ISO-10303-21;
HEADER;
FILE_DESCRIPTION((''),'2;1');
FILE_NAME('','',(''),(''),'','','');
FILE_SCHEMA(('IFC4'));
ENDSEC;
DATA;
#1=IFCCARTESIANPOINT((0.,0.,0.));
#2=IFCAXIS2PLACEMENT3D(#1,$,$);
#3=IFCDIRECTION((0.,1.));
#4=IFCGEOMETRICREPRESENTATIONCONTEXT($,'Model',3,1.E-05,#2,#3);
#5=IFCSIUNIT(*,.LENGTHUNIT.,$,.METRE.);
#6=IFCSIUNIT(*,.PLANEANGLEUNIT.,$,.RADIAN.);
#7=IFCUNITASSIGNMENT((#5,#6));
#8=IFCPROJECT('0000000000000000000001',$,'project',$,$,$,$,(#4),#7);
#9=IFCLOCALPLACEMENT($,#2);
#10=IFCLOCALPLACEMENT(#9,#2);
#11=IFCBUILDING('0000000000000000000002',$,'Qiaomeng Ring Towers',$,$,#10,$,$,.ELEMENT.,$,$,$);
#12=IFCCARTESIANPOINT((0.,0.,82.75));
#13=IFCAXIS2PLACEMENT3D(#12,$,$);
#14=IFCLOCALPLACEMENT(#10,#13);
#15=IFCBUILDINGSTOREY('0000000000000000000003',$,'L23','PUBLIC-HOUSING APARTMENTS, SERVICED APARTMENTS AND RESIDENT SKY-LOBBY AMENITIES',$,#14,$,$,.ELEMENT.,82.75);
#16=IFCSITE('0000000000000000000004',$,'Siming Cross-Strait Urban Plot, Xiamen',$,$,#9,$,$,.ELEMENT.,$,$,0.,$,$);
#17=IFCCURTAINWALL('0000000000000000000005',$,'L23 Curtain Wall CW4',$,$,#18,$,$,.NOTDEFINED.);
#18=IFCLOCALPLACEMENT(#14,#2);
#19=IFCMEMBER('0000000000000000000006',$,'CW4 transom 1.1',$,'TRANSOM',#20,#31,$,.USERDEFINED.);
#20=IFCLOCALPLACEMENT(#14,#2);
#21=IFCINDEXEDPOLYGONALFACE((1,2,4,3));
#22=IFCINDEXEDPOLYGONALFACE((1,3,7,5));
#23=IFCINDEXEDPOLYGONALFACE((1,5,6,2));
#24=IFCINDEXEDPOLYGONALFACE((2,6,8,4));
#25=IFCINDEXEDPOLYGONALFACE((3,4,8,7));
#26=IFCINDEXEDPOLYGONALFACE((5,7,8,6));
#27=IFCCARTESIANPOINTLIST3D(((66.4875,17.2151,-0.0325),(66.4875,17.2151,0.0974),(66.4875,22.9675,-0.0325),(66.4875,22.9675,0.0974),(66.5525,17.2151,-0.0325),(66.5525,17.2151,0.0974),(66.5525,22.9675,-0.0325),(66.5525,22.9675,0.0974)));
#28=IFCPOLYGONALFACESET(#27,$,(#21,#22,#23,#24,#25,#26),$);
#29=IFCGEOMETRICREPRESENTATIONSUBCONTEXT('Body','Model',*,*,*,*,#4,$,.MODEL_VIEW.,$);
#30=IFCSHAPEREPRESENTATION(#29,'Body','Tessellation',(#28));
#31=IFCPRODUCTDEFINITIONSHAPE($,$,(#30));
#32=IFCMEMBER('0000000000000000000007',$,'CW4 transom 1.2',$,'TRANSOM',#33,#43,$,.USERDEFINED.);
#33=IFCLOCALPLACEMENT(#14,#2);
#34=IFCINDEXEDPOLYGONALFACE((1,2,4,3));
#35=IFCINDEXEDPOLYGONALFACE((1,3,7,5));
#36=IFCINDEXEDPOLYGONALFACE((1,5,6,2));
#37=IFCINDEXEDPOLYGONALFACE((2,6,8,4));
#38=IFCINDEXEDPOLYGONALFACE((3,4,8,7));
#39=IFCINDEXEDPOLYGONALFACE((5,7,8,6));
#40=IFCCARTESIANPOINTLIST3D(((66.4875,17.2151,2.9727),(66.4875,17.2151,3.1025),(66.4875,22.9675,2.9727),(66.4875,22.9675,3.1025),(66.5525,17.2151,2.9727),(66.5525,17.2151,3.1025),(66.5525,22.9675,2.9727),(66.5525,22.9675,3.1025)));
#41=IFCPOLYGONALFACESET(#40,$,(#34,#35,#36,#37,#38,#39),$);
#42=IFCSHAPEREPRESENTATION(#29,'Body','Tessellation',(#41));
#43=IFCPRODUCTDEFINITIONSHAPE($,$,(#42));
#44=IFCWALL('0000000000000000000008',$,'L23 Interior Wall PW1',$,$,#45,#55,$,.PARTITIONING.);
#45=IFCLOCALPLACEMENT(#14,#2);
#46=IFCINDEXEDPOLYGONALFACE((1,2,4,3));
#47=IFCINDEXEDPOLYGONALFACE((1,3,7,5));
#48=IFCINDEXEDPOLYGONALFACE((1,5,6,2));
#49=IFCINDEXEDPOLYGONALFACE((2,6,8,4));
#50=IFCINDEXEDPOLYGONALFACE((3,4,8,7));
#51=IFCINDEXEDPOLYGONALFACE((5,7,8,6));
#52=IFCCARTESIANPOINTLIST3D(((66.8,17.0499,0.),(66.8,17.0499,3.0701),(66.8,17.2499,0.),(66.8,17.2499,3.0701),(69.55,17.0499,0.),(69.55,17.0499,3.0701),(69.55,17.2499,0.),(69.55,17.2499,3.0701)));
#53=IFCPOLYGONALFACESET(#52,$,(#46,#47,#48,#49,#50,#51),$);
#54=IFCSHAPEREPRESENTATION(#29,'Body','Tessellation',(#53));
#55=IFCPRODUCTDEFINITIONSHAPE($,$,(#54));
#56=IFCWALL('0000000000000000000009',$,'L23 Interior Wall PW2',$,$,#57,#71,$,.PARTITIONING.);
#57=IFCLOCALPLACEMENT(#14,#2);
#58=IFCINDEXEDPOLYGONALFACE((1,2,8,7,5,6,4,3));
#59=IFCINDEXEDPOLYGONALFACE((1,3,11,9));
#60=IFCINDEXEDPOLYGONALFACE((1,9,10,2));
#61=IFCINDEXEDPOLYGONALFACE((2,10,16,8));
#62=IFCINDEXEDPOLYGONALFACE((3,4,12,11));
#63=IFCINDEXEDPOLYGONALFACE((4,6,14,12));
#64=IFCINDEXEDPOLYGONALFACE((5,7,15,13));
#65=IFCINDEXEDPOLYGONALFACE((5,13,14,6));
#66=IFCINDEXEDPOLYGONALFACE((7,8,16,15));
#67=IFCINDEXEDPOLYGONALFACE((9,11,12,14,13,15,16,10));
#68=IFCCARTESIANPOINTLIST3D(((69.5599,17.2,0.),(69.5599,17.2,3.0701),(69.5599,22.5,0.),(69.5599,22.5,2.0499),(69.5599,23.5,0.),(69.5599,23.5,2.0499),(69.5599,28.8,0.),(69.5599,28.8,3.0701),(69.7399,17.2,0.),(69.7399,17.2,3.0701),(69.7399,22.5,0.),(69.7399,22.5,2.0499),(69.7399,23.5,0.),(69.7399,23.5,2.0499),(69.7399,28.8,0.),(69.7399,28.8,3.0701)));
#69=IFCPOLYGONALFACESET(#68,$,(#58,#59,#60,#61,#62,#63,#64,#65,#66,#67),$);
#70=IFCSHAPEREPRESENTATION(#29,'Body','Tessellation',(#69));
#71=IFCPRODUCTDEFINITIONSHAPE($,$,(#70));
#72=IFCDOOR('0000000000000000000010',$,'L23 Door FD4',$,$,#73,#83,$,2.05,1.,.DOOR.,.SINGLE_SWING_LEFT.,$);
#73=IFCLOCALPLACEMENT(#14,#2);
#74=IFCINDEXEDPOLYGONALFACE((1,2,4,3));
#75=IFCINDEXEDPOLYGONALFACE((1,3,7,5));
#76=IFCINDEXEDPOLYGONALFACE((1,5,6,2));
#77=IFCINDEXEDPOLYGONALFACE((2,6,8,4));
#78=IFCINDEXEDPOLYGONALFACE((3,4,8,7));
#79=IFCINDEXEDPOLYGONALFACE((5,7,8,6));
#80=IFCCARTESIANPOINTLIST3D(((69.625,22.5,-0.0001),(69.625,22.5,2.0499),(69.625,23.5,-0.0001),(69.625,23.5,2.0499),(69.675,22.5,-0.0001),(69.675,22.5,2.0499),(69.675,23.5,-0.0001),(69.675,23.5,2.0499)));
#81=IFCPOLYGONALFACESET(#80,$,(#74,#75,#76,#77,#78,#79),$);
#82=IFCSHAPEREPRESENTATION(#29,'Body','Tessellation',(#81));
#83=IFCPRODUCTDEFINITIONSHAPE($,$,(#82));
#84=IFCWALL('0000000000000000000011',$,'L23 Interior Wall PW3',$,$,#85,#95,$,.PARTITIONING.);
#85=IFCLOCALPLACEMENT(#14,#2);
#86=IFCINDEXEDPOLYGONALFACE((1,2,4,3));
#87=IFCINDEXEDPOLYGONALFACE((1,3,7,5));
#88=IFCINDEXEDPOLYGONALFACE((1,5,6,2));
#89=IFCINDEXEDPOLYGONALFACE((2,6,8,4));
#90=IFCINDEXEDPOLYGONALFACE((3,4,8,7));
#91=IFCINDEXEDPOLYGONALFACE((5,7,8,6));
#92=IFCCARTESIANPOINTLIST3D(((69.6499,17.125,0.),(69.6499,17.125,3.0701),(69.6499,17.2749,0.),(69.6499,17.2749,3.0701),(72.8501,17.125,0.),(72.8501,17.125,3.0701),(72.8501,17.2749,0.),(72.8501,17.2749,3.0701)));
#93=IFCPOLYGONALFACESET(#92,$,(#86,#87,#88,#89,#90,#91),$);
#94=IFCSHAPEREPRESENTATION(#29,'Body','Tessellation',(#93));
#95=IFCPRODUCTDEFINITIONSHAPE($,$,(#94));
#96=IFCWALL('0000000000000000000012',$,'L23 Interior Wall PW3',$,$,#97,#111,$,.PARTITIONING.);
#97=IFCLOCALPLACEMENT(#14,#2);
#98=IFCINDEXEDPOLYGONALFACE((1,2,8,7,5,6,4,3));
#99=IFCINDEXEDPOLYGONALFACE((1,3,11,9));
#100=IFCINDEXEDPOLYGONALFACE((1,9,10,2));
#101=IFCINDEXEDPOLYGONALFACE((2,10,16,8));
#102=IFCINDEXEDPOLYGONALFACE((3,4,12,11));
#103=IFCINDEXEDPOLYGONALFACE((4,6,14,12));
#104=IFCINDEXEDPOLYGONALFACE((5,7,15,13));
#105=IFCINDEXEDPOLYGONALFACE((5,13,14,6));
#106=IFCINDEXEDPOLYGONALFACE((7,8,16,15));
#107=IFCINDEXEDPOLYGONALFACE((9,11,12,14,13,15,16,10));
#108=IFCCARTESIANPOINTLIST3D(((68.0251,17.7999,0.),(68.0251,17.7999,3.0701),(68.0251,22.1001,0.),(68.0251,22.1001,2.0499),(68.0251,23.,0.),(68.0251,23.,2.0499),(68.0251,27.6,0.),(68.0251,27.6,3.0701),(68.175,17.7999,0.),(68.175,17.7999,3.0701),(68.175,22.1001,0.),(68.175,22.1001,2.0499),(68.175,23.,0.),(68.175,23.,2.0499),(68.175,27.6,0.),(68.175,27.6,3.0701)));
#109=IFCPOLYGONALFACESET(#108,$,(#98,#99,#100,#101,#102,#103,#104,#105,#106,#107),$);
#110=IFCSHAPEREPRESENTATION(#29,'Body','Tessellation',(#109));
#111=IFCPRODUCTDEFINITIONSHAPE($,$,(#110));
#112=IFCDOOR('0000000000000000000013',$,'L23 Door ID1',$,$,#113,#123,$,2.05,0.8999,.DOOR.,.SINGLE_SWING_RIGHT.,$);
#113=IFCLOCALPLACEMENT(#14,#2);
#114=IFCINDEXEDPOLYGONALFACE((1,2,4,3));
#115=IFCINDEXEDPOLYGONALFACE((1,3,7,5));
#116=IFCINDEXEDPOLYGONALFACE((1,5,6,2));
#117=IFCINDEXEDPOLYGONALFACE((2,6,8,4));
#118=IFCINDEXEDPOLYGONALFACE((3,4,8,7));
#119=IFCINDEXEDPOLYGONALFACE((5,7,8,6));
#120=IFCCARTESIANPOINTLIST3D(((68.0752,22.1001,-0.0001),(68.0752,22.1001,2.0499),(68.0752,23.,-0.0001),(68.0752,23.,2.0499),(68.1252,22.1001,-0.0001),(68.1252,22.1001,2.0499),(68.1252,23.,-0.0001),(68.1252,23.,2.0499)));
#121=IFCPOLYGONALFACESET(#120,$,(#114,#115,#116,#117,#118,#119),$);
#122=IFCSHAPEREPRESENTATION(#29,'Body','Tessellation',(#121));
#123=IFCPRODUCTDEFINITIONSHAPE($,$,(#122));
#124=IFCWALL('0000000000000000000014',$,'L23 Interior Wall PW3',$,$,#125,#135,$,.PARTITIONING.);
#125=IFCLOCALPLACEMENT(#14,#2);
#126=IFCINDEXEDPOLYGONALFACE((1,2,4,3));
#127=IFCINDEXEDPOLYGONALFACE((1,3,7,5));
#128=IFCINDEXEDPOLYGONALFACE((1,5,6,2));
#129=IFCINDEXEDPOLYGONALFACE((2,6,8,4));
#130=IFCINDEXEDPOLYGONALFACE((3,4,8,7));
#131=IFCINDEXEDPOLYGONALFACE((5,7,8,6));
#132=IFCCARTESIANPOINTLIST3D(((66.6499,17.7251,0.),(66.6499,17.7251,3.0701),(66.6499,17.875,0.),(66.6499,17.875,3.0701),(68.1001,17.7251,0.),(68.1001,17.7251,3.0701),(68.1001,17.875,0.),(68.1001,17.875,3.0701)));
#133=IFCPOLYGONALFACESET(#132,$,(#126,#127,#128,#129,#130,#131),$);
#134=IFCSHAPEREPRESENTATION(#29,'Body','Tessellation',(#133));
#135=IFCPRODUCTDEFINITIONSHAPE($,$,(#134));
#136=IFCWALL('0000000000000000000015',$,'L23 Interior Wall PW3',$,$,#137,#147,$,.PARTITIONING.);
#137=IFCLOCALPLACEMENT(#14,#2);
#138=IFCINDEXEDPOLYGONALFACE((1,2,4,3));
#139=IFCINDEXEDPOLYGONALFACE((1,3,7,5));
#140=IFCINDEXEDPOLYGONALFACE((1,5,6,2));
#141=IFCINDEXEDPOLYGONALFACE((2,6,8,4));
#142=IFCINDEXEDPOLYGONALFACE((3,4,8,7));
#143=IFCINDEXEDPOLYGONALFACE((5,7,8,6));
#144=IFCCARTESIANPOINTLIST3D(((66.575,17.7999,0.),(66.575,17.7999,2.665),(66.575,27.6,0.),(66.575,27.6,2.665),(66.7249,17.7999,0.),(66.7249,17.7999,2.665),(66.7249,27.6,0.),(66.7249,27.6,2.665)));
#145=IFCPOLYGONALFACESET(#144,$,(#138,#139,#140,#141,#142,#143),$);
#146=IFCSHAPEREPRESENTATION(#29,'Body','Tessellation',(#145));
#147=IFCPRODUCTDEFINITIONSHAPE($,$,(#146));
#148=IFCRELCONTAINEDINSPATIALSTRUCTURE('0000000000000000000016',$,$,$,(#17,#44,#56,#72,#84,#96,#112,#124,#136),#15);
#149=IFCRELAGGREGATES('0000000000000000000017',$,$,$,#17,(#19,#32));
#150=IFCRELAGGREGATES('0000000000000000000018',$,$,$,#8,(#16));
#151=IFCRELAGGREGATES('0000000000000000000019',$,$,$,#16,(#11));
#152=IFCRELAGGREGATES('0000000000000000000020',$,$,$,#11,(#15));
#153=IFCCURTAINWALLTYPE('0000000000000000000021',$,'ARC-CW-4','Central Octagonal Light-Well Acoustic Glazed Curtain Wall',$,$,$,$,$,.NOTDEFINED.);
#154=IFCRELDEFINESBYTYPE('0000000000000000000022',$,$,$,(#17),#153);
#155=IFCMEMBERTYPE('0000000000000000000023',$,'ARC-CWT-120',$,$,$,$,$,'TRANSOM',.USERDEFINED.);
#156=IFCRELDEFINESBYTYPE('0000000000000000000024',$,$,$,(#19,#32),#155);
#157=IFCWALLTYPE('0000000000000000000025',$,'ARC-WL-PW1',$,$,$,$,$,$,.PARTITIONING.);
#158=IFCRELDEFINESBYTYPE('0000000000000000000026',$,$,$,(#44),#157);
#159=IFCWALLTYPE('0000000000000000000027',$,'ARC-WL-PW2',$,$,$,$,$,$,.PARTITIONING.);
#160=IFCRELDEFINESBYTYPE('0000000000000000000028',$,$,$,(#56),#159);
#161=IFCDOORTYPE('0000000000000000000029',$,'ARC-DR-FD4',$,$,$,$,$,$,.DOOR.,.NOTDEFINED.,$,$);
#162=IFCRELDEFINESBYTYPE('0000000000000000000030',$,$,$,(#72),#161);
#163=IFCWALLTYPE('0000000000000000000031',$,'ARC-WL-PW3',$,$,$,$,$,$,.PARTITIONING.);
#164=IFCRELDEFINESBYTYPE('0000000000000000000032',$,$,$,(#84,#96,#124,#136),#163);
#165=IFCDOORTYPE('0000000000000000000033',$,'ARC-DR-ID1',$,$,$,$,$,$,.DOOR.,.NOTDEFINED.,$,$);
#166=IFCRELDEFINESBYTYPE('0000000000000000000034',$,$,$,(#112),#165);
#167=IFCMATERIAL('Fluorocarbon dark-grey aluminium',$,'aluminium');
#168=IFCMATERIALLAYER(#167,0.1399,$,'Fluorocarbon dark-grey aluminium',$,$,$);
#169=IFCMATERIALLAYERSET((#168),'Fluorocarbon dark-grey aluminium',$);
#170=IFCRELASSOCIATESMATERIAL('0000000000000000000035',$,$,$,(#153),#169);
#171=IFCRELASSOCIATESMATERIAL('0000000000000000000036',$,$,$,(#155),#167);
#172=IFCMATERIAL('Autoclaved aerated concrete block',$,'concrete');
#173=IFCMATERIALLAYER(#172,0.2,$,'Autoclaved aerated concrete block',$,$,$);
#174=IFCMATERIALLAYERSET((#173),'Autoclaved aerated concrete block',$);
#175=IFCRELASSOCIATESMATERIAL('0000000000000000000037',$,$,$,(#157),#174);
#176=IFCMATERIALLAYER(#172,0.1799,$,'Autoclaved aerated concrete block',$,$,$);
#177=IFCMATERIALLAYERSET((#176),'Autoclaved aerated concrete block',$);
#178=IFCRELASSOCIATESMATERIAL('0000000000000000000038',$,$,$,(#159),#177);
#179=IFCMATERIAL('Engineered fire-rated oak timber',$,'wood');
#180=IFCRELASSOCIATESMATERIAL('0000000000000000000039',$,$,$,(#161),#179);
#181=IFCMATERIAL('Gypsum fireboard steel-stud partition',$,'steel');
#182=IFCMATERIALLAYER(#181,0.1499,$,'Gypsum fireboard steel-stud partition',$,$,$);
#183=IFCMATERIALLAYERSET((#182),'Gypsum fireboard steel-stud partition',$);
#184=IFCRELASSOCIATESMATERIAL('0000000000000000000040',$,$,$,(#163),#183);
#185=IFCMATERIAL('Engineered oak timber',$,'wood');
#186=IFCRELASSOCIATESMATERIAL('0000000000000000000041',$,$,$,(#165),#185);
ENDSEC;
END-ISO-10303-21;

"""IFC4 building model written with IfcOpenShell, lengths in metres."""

from ifc_helpers import new_model, si_unit, direction, frame, frame_2d, origin, origin_2d, place, context, subcontext, project, spatial, rectangle, extrude, source, transform, mapped, material, layer, layer_set, material_profile, profile_set, type_object, element, fill, aggregate, save


model = new_model("IFC4")

# Units and contexts
model_context = context("Model", 3, precision=1e-05, world=origin(), true_north=direction((0.0, 1.0)))
body_context = subcontext(model_context, "Body", "Model", "MODEL_VIEW")
ifc_project = project(units=[si_unit("LENGTHUNIT", "METRE"), si_unit("PLANEANGLEUNIT", "RADIAN")], contexts=[model_context])

# Site, building, storey
site_placement = place(None, origin())
site = spatial("IfcSite", under=ifc_project, at=site_placement, Name="Siming Cross-Strait Urban Plot, Xiamen", CompositionType="ELEMENT", RefElevation=0.0)
building_placement = place(site_placement, origin())
building = spatial("IfcBuilding", under=site, at=building_placement, Name="Qiaomeng Ring Towers", CompositionType="ELEMENT")
storey_placement = place(building_placement, frame((0.0, 0.0, 82.75)))
storey = spatial("IfcBuildingStorey", under=building, at=storey_placement, Name="L23", Description="PUBLIC-HOUSING APARTMENTS, SERVICED APARTMENTS AND RESIDENT SKY-LOBBY AMENITIES", CompositionType="ELEMENT", Elevation=82.75)

# Curtain wall, members
ifc_material_1 = material(Name="Fluorocarbon dark-grey aluminium", Category="aluminium")
ifc_layer_1 = layer(ifc_material_1, 0.1399, Name="Fluorocarbon dark-grey aluminium")
ifc_layer_set_1 = layer_set([ifc_layer_1], Name="Fluorocarbon dark-grey aluminium")
curtain_wall_type = type_object("IfcCurtainWallType", Name="ARC-CW-4", Description="Central Octagonal Light-Well Acoustic Glazed Curtain Wall", PredefinedType="NOTDEFINED", material=ifc_layer_set_1)
curtain_wall_placement = place(storey_placement, origin())
curtain_wall = element("IfcCurtainWall", 1, at=curtain_wall_placement, inside=storey, type_object=curtain_wall_type, Name="L23 Curtain Wall CW4", PredefinedType="NOTDEFINED")
ifc_material_profile_1 = material_profile(ifc_material_1, rectangle(XDim=0.0649, YDim=0.1299, at=origin_2d()), Name="ALU TRAN 65x130")
ifc_profile_set_1 = profile_set([ifc_material_profile_1], Name="Fluorocarbon dark-grey aluminium")
member_type_1 = type_object("IfcMemberType", Name="ARC-CWT-120", ElementType="TRANSOM", PredefinedType="USERDEFINED", material=ifc_profile_set_1)
shared_shape_1 = source(origin(), body_context, "Body", "SweptSolid", [
    extrude(rectangle(XDim=0.0649, YDim=0.1299, at=origin_2d()), origin(), (0.0, 0.0, 1.0), 5.7524),
])
member_1_placement = place(storey_placement, frame((66.52, 17.2151, 0.0325), z_axis=(0.0, 1.0, 0.0), x_axis=(-1.0, 0.0, 0.0)))
member_1 = element("IfcMember", 2, at=member_1_placement, type_object=member_type_1, Name="CW4 transom 1.1", ObjectType="TRANSOM", PredefinedType="USERDEFINED", context=body_context, shape_type="MappedRepresentation", body=[
    mapped(shared_shape_1, transform((0.0, 0.0, 0.0), x_axis=(1.0, 0.0, 0.0), y_axis=(0.0, 1.0, 0.0), z_axis=(0.0, 0.0, 1.0), scale=1.0)),
])
member_2_placement = place(storey_placement, frame((66.52, 17.2151, 3.0376), z_axis=(0.0, 1.0, 0.0), x_axis=(-1.0, 0.0, 0.0)))
member_2 = element("IfcMember", 3, at=member_2_placement, type_object=member_type_1, Name="CW4 transom 1.2", ObjectType="TRANSOM", PredefinedType="USERDEFINED", context=body_context, shape_type="MappedRepresentation", body=[
    mapped(shared_shape_1, transform((0.0, 0.0, 0.0), x_axis=(1.0, 0.0, 0.0), y_axis=(0.0, 1.0, 0.0), z_axis=(0.0, 0.0, 1.0), scale=1.0)),
])
aggregate(curtain_wall, [member_1, member_2])

# Wall
ifc_material_2 = material(Name="Autoclaved aerated concrete block", Category="concrete")
ifc_layer_2 = layer(ifc_material_2, 0.2, Name="Autoclaved aerated concrete block")
ifc_layer_set_2 = layer_set([ifc_layer_2], Name="Autoclaved aerated concrete block")
wall_type_1 = type_object("IfcWallType", Name="ARC-WL-PW1", PredefinedType="PARTITIONING", material=ifc_layer_set_2)
wall_1_placement = place(storey_placement, frame((66.8, 17.1499, 0.0), z_axis=(0.0, 0.0, 1.0), x_axis=(1.0, 0.0, 0.0)))
element("IfcWall", 4, at=wall_1_placement, inside=storey, type_object=wall_type_1, Name="L23 Interior Wall PW1", PredefinedType="PARTITIONING", context=body_context, shape_type="SweptSolid", body=[
    extrude(rectangle(XDim=2.75, YDim=0.2, at=frame_2d((1.375, 0.0))), origin(), (0.0, 0.0, 1.0), 3.0701),
])

# Wall, opening, door
ifc_layer_3 = layer(ifc_material_2, 0.1799, Name="Autoclaved aerated concrete block")
ifc_layer_set_3 = layer_set([ifc_layer_3], Name="Autoclaved aerated concrete block")
wall_type_2 = type_object("IfcWallType", Name="ARC-WL-PW2", PredefinedType="PARTITIONING", material=ifc_layer_set_3)
wall_2_placement = place(storey_placement, frame((69.6499, 17.2, 0.0), z_axis=(0.0, 0.0, 1.0), x_axis=(0.0, 1.0, 0.0)))
wall_2 = element("IfcWall", 5, at=wall_2_placement, inside=storey, type_object=wall_type_2, Name="L23 Interior Wall PW2", PredefinedType="PARTITIONING", context=body_context, shape_type="SweptSolid", body=[
    extrude(rectangle(XDim=11.6001, YDim=0.1799, at=frame_2d((5.8, 0.0))), origin(), (0.0, 0.0, 1.0), 3.0701),
])
opening_1_placement = place(wall_2_placement, frame((5.3, 0.0, 0.0)))
opening_1 = element("IfcOpeningElement", 6, at=opening_1_placement, cuts=wall_2, PredefinedType="OPENING", context=body_context, shape_type="SweptSolid", body=[
    extrude(rectangle(XDim=1.0, YDim=2.05, at=frame_2d((0.5, 1.0249))), frame((0.0, 0.0999, 0.0), z_axis=(0.0, -1.0, 0.0), x_axis=(1.0, 0.0, 0.0)), (0.0, 0.0, 1.0), 0.2),
])
ifc_material_3 = material(Name="Engineered fire-rated oak timber", Category="wood")
door_type_1 = type_object("IfcDoorType", Name="ARC-DR-FD4", OperationType="NOTDEFINED", PredefinedType="DOOR", material=ifc_material_3)
shared_shape_2 = source(origin(), body_context, "Body", "SweptSolid", [
    extrude(rectangle(XDim=1.0, YDim=2.05, at=frame_2d((0.5, 1.0249))), frame((0.0, 0.0249, 0.0), z_axis=(0.0, -1.0, 0.0), x_axis=(1.0, 0.0, 0.0)), (0.0, 0.0, 1.0), 0.05),
])
door_1_placement = place(opening_1_placement, origin())
door_1 = element("IfcDoor", 7, at=door_1_placement, inside=storey, type_object=door_type_1, Name="L23 Door FD4", OperationType="SINGLE_SWING_LEFT", OverallHeight=2.05, OverallWidth=1.0, PredefinedType="DOOR", context=body_context, shape_type="MappedRepresentation", body=[
    mapped(shared_shape_2, transform((0.0, 0.0, 0.0), x_axis=(1.0, 0.0, 0.0), y_axis=(0.0, 1.0, 0.0), z_axis=(0.0, 0.0, 1.0), scale=1.0)),
])
fill(opening_1, door_1)

# Wall
ifc_material_4 = material(Name="Gypsum fireboard steel-stud partition", Category="steel")
ifc_layer_4 = layer(ifc_material_4, 0.1499, Name="Gypsum fireboard steel-stud partition")
ifc_layer_set_4 = layer_set([ifc_layer_4], Name="Gypsum fireboard steel-stud partition")
wall_type_3 = type_object("IfcWallType", Name="ARC-WL-PW3", PredefinedType="PARTITIONING", material=ifc_layer_set_4)
wall_3_placement = place(storey_placement, frame((69.6499, 17.2, 0.0), z_axis=(0.0, 0.0, 1.0), x_axis=(1.0, 0.0, 0.0)))
element("IfcWall", 8, at=wall_3_placement, inside=storey, type_object=wall_type_3, Name="L23 Interior Wall PW3", PredefinedType="PARTITIONING", context=body_context, shape_type="SweptSolid", body=[
    extrude(rectangle(XDim=3.2002, YDim=0.1499, at=frame_2d((1.6001, 0.0))), origin(), (0.0, 0.0, 1.0), 3.0701),
])

# Wall, opening, door
wall_4_placement = place(storey_placement, frame((68.1001, 17.8, 0.0), z_axis=(0.0, 0.0, 1.0), x_axis=(0.0, 1.0, 0.0)))
wall_4 = element("IfcWall", 9, at=wall_4_placement, inside=storey, type_object=wall_type_3, Name="L23 Interior Wall PW3", PredefinedType="PARTITIONING", context=body_context, shape_type="SweptSolid", body=[
    extrude(rectangle(XDim=9.8, YDim=0.1499, at=frame_2d((4.8999, 0.0))), origin(), (0.0, 0.0, 1.0), 3.0701),
])
opening_2_placement = place(wall_4_placement, frame((4.3, 0.0, 0.0)))
opening_2 = element("IfcOpeningElement", 10, at=opening_2_placement, cuts=wall_4, PredefinedType="OPENING", context=body_context, shape_type="SweptSolid", body=[
    extrude(rectangle(XDim=0.8999, YDim=2.05, at=frame_2d((0.45, 1.0249))), frame((0.0, 0.085, 0.0), z_axis=(0.0, -1.0, 0.0), x_axis=(1.0, 0.0, 0.0)), (0.0, 0.0, 1.0), 0.1699),
])
ifc_material_5 = material(Name="Engineered oak timber", Category="wood")
door_type_2 = type_object("IfcDoorType", Name="ARC-DR-ID1", OperationType="NOTDEFINED", PredefinedType="DOOR", material=ifc_material_5)
shared_shape_3 = source(origin(), body_context, "Body", "SweptSolid", [
    extrude(rectangle(XDim=0.8999, YDim=2.05, at=frame_2d((0.45, 1.0249))), frame((0.0, 0.0249, 0.0), z_axis=(0.0, -1.0, 0.0), x_axis=(1.0, 0.0, 0.0)), (0.0, 0.0, 1.0), 0.05),
])
door_2_placement = place(opening_2_placement, origin())
door_2 = element("IfcDoor", 11, at=door_2_placement, inside=storey, type_object=door_type_2, Name="L23 Door ID1", OperationType="SINGLE_SWING_RIGHT", OverallHeight=2.05, OverallWidth=0.8999, PredefinedType="DOOR", context=body_context, shape_type="MappedRepresentation", body=[
    mapped(shared_shape_3, transform((0.0, 0.0, 0.0), x_axis=(1.0, 0.0, 0.0), y_axis=(0.0, 1.0, 0.0), z_axis=(0.0, 0.0, 1.0), scale=1.0)),
])
fill(opening_2, door_2)

# Walls
wall_5_placement = place(storey_placement, frame((66.6499, 17.8, 0.0), z_axis=(0.0, 0.0, 1.0), x_axis=(1.0, 0.0, 0.0)))
element("IfcWall", 12, at=wall_5_placement, inside=storey, type_object=wall_type_3, Name="L23 Interior Wall PW3", PredefinedType="PARTITIONING", context=body_context, shape_type="SweptSolid", body=[
    extrude(rectangle(XDim=1.4502, YDim=0.1499, at=frame_2d((0.7251, 0.0))), origin(), (0.0, 0.0, 1.0), 3.0701),
])
wall_6_placement = place(storey_placement, frame((66.6499, 17.8, 0.0), z_axis=(0.0, 0.0, 1.0), x_axis=(0.0, 1.0, 0.0)))
element("IfcWall", 13, at=wall_6_placement, inside=storey, type_object=wall_type_3, Name="L23 Interior Wall PW3", PredefinedType="PARTITIONING", context=body_context, shape_type="SweptSolid", body=[
    extrude(rectangle(XDim=9.8, YDim=0.1499, at=frame_2d((4.8999, 0.0))), origin(), (0.0, 0.0, 1.0), 2.665),
])

save(model, "model.ifc")
